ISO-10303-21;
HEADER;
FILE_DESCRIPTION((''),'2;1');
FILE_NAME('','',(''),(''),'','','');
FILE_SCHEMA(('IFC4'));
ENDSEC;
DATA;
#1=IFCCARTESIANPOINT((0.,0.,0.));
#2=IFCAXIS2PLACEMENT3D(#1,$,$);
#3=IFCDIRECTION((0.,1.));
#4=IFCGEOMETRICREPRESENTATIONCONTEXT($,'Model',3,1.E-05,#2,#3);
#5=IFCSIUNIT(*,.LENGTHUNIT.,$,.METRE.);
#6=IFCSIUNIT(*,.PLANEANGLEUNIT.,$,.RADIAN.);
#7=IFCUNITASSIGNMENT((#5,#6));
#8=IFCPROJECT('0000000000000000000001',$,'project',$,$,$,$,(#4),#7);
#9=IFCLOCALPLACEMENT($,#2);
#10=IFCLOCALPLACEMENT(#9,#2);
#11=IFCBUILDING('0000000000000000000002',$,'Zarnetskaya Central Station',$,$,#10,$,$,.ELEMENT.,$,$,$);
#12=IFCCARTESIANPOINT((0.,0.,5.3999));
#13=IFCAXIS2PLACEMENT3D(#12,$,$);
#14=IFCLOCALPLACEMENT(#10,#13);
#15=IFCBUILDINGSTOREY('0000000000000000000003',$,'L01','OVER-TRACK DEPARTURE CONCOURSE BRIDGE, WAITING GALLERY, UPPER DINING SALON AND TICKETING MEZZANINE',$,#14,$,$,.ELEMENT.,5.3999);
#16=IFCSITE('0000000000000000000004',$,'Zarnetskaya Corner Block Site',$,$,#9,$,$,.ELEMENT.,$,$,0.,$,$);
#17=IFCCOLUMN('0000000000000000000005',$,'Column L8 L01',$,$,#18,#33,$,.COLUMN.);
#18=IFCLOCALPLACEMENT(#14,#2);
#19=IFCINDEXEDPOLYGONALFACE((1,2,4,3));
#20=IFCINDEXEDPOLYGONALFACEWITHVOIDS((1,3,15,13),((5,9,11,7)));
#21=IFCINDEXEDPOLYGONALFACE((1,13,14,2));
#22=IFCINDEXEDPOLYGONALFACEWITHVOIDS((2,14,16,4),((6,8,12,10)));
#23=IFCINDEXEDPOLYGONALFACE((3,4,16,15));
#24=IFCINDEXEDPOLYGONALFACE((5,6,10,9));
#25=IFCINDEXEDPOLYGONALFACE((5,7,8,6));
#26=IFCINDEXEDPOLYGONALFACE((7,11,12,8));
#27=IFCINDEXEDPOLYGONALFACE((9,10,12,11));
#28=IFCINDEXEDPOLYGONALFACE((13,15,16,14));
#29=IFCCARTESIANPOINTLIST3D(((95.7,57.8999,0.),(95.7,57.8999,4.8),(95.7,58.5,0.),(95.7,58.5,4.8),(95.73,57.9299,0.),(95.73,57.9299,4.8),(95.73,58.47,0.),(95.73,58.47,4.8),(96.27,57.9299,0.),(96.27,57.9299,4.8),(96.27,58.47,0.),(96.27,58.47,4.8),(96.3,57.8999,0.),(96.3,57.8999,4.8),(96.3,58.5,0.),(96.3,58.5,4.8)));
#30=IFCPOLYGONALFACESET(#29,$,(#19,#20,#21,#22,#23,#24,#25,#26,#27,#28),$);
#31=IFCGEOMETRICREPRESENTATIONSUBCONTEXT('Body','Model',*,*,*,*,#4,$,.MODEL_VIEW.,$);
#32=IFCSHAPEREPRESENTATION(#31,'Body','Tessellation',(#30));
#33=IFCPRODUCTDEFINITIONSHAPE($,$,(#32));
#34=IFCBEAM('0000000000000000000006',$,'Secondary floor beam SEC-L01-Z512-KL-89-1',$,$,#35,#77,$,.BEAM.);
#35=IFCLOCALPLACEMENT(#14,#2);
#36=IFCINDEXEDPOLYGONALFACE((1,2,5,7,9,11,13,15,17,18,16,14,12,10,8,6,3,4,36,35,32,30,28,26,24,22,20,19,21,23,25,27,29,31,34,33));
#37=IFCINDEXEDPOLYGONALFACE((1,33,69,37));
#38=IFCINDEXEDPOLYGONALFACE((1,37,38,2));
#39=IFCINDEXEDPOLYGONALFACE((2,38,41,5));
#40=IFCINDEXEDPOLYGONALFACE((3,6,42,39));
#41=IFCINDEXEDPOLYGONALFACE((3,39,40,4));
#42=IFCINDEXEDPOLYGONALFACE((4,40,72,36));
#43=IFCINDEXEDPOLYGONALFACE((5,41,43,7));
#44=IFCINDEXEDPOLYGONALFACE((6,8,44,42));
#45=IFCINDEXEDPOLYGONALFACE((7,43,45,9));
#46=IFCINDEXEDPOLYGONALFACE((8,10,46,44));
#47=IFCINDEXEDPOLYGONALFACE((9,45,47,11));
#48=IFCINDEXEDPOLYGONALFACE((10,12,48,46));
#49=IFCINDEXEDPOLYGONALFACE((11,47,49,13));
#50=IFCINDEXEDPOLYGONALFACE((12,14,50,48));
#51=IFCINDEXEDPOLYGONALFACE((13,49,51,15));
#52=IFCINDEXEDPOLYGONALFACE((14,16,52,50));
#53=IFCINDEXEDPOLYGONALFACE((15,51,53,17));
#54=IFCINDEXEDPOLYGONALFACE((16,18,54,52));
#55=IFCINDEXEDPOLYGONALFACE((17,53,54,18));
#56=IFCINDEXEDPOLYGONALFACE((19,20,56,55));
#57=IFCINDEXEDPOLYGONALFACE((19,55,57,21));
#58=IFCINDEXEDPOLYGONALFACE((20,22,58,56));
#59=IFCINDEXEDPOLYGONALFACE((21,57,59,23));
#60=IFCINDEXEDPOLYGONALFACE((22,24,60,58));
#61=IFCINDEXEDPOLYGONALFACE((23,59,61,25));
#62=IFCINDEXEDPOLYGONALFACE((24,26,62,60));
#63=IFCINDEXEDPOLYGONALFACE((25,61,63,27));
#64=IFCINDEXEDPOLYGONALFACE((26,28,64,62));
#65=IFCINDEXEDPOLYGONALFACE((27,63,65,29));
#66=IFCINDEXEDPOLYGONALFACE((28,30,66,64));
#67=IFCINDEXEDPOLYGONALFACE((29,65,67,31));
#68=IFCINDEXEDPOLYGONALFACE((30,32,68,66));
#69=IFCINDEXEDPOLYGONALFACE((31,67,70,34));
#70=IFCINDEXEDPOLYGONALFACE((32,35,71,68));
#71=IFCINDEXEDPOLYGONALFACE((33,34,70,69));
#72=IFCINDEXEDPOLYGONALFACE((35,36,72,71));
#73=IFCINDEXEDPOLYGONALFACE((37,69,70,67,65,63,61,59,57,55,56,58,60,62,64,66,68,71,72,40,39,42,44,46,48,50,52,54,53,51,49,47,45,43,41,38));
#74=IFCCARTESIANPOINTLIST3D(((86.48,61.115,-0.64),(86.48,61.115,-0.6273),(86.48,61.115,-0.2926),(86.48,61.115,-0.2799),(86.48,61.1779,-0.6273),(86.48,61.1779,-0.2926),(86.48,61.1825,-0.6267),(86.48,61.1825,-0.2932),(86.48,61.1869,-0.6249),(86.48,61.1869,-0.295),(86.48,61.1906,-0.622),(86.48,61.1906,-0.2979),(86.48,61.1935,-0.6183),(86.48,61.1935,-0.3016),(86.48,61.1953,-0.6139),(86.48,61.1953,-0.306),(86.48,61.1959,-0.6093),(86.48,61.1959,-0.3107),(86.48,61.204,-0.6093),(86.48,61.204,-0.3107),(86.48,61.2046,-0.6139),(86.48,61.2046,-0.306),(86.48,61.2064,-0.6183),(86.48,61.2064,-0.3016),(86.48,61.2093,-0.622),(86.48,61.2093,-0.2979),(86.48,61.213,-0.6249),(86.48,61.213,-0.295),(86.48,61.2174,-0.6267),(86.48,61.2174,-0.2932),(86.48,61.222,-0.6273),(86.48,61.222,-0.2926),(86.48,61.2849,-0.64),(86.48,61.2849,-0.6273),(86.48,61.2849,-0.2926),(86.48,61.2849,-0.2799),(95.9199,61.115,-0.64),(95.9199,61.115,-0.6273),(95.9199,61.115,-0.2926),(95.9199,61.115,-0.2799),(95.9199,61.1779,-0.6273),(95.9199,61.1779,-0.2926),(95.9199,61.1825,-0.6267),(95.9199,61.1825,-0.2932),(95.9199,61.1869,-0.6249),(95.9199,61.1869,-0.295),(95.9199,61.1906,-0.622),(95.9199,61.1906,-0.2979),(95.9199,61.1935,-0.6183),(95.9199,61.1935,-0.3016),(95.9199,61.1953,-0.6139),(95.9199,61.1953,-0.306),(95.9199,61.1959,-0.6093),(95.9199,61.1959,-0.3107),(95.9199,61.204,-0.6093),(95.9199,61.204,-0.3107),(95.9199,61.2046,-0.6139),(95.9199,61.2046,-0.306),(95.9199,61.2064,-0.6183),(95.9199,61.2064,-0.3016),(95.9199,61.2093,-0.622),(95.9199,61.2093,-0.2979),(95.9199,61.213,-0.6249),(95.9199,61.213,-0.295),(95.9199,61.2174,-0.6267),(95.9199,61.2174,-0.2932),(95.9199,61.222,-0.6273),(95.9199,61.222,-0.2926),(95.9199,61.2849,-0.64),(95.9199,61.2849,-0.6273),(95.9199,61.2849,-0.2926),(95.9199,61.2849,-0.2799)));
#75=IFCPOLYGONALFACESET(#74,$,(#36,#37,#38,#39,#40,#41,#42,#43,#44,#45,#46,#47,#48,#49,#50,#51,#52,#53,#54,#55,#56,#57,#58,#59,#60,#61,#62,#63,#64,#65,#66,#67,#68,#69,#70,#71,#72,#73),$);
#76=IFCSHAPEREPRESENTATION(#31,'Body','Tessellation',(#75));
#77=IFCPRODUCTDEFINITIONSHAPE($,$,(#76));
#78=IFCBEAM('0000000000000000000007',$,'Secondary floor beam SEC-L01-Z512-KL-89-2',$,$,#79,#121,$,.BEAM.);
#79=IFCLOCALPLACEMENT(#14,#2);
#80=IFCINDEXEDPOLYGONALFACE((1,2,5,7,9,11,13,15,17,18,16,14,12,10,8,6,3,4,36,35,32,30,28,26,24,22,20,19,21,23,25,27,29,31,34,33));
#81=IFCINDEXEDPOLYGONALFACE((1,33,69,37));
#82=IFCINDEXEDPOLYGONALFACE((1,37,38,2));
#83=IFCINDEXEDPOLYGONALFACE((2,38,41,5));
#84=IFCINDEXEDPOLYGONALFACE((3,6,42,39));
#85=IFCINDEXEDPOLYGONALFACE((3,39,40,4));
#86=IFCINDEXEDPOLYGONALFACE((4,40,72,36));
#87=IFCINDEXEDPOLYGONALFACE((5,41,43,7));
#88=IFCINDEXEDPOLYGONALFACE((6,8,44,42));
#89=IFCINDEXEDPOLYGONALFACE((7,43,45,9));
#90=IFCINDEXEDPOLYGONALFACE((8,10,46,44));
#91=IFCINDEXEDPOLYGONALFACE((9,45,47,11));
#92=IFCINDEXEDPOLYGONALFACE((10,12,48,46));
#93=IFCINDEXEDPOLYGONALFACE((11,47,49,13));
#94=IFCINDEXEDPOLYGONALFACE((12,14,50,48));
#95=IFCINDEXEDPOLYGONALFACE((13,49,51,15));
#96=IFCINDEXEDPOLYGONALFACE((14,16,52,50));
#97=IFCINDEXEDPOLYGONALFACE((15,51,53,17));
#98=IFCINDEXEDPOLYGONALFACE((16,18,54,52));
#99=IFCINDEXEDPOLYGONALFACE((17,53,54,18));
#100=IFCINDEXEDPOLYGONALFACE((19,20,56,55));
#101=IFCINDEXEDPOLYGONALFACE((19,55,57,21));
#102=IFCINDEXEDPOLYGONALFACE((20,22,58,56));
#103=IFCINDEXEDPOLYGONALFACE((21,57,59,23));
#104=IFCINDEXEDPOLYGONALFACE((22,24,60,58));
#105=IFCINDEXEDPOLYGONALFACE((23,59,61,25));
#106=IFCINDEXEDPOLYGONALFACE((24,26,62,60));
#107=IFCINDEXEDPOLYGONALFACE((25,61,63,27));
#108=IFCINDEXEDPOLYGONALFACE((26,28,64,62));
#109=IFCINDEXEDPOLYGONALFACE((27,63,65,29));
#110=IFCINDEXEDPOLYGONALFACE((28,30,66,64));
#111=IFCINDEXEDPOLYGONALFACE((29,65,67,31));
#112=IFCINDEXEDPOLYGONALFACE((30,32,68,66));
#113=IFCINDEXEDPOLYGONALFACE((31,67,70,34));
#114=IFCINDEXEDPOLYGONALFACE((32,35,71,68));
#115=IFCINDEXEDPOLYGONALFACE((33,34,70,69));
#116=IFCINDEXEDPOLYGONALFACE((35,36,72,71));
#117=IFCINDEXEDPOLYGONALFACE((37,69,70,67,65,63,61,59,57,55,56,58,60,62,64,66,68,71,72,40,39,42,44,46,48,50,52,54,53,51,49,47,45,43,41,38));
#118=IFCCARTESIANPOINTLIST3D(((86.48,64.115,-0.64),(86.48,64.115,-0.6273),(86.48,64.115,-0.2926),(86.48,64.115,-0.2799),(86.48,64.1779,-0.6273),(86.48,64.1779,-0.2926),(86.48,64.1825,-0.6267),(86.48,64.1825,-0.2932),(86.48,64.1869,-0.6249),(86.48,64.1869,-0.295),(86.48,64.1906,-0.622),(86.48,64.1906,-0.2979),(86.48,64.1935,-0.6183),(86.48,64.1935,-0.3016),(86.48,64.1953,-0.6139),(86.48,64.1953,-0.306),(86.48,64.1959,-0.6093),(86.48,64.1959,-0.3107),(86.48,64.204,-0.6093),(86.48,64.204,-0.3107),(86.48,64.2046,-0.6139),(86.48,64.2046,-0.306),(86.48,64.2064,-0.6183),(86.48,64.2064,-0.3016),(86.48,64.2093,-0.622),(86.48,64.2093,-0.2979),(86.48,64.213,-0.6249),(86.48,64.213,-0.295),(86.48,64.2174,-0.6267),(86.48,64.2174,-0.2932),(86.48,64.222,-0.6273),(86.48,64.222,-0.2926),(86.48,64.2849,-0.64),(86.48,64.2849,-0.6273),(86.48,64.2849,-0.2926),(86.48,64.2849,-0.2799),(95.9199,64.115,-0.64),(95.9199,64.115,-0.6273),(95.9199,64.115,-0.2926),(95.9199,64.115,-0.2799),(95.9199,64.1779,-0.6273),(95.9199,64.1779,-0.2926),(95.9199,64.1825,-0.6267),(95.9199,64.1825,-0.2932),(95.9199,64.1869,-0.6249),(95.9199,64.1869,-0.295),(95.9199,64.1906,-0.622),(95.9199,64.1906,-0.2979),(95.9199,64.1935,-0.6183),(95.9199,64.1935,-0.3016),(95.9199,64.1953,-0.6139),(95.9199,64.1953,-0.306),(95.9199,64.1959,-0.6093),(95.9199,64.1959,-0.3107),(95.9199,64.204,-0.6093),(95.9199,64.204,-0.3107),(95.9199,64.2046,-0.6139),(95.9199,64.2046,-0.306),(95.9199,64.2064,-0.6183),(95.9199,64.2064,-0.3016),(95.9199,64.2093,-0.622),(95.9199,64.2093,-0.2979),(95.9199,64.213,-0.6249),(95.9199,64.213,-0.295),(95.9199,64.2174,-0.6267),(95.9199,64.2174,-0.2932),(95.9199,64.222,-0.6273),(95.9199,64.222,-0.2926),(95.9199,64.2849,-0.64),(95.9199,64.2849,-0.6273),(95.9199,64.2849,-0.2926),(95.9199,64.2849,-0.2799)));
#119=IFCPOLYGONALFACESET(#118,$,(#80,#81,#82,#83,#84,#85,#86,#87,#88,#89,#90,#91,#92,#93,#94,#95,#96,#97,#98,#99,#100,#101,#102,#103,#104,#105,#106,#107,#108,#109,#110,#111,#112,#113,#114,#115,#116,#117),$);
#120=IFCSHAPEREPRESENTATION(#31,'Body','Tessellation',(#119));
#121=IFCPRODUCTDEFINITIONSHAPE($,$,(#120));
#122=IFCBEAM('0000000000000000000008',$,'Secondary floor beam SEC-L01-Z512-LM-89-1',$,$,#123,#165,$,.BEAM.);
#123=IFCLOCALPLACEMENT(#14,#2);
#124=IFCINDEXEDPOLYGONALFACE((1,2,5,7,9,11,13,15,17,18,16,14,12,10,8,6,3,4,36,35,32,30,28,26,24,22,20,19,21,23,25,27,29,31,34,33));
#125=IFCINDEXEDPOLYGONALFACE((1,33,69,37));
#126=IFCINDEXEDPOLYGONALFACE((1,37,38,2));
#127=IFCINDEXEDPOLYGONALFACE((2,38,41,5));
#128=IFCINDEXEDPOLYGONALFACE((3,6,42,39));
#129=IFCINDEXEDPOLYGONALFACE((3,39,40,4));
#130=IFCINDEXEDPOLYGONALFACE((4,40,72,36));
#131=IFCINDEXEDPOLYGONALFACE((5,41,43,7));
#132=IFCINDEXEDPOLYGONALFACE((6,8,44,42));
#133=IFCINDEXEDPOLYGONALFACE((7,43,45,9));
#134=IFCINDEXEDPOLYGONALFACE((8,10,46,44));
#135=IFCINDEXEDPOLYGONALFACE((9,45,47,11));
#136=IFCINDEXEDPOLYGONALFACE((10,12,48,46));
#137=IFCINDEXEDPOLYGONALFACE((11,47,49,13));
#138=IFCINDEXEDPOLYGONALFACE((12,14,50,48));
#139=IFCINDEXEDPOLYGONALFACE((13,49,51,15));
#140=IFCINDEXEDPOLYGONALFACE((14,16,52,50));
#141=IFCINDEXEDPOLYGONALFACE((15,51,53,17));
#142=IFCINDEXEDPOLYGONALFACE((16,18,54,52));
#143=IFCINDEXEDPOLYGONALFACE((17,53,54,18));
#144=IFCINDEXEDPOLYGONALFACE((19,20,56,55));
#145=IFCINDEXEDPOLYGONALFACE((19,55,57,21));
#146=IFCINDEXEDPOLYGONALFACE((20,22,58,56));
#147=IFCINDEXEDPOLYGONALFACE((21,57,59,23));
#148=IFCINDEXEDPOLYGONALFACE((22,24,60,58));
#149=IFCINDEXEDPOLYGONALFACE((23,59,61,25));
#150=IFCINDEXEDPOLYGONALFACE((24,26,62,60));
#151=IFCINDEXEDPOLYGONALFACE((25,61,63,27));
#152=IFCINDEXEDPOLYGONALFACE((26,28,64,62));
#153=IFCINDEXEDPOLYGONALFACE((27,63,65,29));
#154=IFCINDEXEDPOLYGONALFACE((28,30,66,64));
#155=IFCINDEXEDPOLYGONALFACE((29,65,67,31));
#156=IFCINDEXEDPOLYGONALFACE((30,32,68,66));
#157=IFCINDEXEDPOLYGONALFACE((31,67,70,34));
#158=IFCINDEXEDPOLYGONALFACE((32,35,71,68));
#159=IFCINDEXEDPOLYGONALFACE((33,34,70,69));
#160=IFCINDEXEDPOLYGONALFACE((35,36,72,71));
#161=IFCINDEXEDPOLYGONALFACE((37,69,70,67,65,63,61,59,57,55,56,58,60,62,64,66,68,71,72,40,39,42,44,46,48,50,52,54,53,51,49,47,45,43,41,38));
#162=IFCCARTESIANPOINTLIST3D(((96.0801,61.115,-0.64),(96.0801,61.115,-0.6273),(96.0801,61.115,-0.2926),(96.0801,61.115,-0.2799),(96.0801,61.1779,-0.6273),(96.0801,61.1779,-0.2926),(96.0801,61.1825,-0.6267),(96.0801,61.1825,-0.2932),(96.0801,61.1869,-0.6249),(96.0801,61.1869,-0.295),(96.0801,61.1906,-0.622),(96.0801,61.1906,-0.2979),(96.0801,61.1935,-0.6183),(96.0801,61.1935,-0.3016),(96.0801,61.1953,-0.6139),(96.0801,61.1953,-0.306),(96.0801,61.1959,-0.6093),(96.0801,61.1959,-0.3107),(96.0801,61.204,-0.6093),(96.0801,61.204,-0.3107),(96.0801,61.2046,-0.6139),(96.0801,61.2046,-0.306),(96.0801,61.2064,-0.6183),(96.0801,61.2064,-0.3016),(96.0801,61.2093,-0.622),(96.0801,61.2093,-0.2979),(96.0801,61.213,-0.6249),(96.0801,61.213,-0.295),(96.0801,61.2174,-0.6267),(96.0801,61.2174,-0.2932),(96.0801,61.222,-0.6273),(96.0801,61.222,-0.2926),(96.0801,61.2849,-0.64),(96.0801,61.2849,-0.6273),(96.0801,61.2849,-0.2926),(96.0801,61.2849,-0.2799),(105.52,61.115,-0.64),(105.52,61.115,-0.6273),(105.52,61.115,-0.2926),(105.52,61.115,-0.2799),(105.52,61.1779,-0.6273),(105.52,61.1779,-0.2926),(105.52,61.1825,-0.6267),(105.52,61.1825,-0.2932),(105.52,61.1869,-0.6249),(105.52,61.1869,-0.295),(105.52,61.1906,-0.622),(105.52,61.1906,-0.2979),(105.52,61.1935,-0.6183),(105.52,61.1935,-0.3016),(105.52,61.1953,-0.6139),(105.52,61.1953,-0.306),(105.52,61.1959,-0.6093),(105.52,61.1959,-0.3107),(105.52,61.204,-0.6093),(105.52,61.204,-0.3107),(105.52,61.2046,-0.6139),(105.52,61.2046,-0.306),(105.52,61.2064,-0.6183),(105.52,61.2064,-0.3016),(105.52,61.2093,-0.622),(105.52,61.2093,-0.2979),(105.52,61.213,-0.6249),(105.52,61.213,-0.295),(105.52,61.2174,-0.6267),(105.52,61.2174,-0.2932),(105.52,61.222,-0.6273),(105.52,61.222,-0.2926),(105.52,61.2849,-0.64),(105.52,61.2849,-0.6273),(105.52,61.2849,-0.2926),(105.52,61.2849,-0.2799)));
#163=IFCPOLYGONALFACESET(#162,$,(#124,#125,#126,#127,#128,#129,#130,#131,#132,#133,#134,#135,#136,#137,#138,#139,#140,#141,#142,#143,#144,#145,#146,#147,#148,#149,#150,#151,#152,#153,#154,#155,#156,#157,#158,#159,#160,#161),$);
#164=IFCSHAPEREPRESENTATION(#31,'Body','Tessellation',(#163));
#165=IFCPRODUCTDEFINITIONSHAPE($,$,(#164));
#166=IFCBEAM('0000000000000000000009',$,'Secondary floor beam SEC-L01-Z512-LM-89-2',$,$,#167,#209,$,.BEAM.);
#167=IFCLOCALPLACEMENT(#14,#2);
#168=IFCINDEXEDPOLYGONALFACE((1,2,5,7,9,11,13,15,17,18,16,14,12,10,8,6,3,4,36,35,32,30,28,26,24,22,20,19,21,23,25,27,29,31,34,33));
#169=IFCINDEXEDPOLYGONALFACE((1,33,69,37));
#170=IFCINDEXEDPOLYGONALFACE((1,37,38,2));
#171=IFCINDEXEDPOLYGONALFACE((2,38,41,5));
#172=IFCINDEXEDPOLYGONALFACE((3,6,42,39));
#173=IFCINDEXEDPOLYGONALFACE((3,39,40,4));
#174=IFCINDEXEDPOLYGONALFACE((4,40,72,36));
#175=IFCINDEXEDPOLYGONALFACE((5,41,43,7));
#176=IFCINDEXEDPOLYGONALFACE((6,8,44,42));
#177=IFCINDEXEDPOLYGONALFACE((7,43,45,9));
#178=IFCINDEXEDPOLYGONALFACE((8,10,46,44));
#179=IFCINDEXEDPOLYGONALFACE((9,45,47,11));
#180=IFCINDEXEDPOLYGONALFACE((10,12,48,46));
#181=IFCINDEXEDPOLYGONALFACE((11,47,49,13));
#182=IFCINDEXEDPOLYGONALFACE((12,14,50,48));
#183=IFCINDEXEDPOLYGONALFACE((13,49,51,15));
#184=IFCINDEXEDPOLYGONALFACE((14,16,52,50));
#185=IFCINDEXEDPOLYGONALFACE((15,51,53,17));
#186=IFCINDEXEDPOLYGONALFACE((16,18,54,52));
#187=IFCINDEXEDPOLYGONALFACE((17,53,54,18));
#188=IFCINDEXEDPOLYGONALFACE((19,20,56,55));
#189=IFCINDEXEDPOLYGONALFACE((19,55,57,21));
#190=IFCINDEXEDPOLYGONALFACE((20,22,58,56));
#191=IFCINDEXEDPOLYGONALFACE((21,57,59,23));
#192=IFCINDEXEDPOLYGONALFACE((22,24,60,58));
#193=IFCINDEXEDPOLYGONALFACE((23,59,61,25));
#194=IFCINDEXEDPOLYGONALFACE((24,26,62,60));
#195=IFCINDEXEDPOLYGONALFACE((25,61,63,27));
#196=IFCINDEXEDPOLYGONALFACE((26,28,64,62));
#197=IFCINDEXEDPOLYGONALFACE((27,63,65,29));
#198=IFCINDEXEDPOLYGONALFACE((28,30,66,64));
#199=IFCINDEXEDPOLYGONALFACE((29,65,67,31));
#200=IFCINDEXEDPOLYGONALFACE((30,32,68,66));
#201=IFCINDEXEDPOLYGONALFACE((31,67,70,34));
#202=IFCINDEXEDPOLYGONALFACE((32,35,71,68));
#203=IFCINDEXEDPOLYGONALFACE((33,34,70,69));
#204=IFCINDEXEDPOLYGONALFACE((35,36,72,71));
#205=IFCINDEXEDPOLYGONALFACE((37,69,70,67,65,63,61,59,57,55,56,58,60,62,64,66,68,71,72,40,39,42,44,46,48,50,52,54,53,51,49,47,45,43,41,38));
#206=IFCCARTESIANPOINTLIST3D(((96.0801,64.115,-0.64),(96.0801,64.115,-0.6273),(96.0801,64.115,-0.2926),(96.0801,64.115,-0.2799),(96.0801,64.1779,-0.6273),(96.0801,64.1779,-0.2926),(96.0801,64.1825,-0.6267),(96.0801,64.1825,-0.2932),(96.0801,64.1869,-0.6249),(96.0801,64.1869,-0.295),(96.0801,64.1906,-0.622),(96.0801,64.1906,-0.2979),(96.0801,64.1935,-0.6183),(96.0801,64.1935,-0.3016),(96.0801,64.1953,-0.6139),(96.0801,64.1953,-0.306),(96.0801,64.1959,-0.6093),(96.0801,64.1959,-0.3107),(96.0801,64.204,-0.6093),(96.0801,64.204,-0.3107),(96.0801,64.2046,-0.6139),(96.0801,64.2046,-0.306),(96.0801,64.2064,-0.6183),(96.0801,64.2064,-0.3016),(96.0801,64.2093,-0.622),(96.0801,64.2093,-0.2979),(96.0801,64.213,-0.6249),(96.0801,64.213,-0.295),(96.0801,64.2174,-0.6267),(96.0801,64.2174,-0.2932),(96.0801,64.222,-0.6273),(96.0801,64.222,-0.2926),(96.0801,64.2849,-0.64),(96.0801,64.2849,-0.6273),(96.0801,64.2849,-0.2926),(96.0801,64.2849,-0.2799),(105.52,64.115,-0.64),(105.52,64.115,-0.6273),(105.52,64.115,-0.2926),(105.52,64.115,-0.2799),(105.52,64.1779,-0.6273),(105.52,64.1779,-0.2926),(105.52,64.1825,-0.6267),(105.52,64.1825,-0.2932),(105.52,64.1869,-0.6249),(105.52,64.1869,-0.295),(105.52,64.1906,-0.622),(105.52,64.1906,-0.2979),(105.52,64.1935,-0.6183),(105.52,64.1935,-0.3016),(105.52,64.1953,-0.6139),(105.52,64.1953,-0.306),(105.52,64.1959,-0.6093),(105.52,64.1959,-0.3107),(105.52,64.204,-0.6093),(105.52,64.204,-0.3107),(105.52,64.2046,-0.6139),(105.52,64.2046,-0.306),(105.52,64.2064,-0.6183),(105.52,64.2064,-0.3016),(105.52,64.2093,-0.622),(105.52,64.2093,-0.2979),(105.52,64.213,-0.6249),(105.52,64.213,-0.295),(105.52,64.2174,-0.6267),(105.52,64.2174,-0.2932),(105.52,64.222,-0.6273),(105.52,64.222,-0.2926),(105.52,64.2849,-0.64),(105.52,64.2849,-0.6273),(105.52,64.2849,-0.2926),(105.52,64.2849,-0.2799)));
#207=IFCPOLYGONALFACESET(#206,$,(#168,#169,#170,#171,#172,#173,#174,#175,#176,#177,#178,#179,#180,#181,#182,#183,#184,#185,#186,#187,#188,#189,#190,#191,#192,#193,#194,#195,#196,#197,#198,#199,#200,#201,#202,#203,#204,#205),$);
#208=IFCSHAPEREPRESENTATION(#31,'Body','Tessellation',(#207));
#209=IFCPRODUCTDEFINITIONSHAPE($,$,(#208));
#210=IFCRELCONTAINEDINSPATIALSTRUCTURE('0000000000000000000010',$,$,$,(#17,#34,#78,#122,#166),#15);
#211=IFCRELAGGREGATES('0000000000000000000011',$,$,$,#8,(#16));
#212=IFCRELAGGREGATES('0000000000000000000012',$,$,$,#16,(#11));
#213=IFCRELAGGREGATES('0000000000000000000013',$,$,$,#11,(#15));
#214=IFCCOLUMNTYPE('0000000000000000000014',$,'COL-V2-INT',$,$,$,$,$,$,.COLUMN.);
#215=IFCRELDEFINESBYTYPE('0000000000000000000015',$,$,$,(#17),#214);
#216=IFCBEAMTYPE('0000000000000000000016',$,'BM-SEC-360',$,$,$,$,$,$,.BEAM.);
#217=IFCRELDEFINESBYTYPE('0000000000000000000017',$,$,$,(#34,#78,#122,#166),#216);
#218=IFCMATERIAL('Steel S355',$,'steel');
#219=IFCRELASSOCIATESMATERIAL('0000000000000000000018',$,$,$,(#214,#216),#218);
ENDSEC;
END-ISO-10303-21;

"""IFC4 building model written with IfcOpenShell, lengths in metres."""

from ifc_helpers import new_model, si_unit, direction, frame, origin, origin_2d, place, context, subcontext, project, spatial, hollow_rectangle, i_section, extrude, material, material_profile, profile_set, type_object, element, save


model = new_model("IFC4")

# Units and contexts
model_context = context("Model", 3, precision=1e-05, world=origin(), true_north=direction((0.0, 1.0)))
body_context = subcontext(model_context, "Body", "Model", "MODEL_VIEW")
ifc_project = project(units=[si_unit("LENGTHUNIT", "METRE"), si_unit("PLANEANGLEUNIT", "RADIAN")], contexts=[model_context])

# Site, building, storey
site_placement = place(None, origin())
site = spatial("IfcSite", under=ifc_project, at=site_placement, Name="Zarnetskaya Corner Block Site", CompositionType="ELEMENT", RefElevation=0.0)
building_placement = place(site_placement, origin())
building = spatial("IfcBuilding", under=site, at=building_placement, Name="Zarnetskaya Central Station", CompositionType="ELEMENT")
storey_placement = place(building_placement, frame((0.0, 0.0, 5.3999)))
storey = spatial("IfcBuildingStorey", under=building, at=storey_placement, Name="L01", Description="OVER-TRACK DEPARTURE CONCOURSE BRIDGE, WAITING GALLERY, UPPER DINING SALON AND TICKETING MEZZANINE", CompositionType="ELEMENT", Elevation=5.3999)

# Column
ifc_material_1 = material(Name="Steel S355", Category="steel")
ifc_material_profile_1 = material_profile(ifc_material_1, hollow_rectangle(XDim=0.6001, YDim=0.6001, WallThickness=0.03, at=origin_2d()), Name="BOX 600x600x30")
ifc_profile_set_1 = profile_set([ifc_material_profile_1], Name="Steel S355")
column_type = type_object("IfcColumnType", Name="COL-V2-INT", PredefinedType="COLUMN", material=ifc_profile_set_1)
column_placement = place(storey_placement, frame((96.0, 58.2, 0.0), z_axis=(0.0, 0.0, 1.0), x_axis=(1.0, 0.0, 0.0)))
element("IfcColumn", 1, at=column_placement, inside=storey, type_object=column_type, Name="Column L8 L01", PredefinedType="COLUMN", context=body_context, shape_type="SweptSolid", body=[
    extrude(hollow_rectangle(XDim=0.6001, YDim=0.6001, WallThickness=0.03, at=origin_2d()), origin(), (0.0, 0.0, 1.0), 4.8),
])

# Beams
ifc_material_profile_2 = material_profile(ifc_material_1, i_section(OverallWidth=0.1699, OverallDepth=0.3601, WebThickness=0.0081, FlangeThickness=0.0127, FilletRadius=0.0181, at=origin_2d()), Name="IPE 360")
ifc_profile_set_2 = profile_set([ifc_material_profile_2], Name="Steel S355")
beam_type_1 = type_object("IfcBeamType", Name="BM-SEC-360", PredefinedType="BEAM", material=ifc_profile_set_2)
for number, where, z_axis, x_axis, name in (
    (2, (86.48, 61.2, -0.46), (1.0, 0.0, 0.0), (0.0, 1.0, 0.0), "Secondary floor beam SEC-L01-Z512-KL-89-1"),
    (3, (86.48, 64.2, -0.46), (1.0, 0.0, 0.0), (0.0, 1.0, 0.0), "Secondary floor beam SEC-L01-Z512-KL-89-2"),
    (4, (96.0801, 61.2, -0.46), (1.0, 0.0, 0.0), (0.0, 1.0, 0.0), "Secondary floor beam SEC-L01-Z512-LM-89-1"),
    (5, (96.0801, 64.2, -0.46), (1.0, 0.0, 0.0), (0.0, 1.0, 0.0), "Secondary floor beam SEC-L01-Z512-LM-89-2"),
):
    element("IfcBeam", number, at=place(storey_placement, frame(where, z_axis=z_axis, x_axis=x_axis)), inside=storey, type_object=beam_type_1, Name=name, PredefinedType="BEAM", context=body_context, shape_type="SweptSolid", body=[
        extrude(i_section(OverallWidth=0.1699, OverallDepth=0.3601, WebThickness=0.0081, FlangeThickness=0.0127, FilletRadius=0.0181, at=origin_2d()), origin(), (0.0, 0.0, 1.0), 9.4399),
    ])

save(model, "model.ifc")
